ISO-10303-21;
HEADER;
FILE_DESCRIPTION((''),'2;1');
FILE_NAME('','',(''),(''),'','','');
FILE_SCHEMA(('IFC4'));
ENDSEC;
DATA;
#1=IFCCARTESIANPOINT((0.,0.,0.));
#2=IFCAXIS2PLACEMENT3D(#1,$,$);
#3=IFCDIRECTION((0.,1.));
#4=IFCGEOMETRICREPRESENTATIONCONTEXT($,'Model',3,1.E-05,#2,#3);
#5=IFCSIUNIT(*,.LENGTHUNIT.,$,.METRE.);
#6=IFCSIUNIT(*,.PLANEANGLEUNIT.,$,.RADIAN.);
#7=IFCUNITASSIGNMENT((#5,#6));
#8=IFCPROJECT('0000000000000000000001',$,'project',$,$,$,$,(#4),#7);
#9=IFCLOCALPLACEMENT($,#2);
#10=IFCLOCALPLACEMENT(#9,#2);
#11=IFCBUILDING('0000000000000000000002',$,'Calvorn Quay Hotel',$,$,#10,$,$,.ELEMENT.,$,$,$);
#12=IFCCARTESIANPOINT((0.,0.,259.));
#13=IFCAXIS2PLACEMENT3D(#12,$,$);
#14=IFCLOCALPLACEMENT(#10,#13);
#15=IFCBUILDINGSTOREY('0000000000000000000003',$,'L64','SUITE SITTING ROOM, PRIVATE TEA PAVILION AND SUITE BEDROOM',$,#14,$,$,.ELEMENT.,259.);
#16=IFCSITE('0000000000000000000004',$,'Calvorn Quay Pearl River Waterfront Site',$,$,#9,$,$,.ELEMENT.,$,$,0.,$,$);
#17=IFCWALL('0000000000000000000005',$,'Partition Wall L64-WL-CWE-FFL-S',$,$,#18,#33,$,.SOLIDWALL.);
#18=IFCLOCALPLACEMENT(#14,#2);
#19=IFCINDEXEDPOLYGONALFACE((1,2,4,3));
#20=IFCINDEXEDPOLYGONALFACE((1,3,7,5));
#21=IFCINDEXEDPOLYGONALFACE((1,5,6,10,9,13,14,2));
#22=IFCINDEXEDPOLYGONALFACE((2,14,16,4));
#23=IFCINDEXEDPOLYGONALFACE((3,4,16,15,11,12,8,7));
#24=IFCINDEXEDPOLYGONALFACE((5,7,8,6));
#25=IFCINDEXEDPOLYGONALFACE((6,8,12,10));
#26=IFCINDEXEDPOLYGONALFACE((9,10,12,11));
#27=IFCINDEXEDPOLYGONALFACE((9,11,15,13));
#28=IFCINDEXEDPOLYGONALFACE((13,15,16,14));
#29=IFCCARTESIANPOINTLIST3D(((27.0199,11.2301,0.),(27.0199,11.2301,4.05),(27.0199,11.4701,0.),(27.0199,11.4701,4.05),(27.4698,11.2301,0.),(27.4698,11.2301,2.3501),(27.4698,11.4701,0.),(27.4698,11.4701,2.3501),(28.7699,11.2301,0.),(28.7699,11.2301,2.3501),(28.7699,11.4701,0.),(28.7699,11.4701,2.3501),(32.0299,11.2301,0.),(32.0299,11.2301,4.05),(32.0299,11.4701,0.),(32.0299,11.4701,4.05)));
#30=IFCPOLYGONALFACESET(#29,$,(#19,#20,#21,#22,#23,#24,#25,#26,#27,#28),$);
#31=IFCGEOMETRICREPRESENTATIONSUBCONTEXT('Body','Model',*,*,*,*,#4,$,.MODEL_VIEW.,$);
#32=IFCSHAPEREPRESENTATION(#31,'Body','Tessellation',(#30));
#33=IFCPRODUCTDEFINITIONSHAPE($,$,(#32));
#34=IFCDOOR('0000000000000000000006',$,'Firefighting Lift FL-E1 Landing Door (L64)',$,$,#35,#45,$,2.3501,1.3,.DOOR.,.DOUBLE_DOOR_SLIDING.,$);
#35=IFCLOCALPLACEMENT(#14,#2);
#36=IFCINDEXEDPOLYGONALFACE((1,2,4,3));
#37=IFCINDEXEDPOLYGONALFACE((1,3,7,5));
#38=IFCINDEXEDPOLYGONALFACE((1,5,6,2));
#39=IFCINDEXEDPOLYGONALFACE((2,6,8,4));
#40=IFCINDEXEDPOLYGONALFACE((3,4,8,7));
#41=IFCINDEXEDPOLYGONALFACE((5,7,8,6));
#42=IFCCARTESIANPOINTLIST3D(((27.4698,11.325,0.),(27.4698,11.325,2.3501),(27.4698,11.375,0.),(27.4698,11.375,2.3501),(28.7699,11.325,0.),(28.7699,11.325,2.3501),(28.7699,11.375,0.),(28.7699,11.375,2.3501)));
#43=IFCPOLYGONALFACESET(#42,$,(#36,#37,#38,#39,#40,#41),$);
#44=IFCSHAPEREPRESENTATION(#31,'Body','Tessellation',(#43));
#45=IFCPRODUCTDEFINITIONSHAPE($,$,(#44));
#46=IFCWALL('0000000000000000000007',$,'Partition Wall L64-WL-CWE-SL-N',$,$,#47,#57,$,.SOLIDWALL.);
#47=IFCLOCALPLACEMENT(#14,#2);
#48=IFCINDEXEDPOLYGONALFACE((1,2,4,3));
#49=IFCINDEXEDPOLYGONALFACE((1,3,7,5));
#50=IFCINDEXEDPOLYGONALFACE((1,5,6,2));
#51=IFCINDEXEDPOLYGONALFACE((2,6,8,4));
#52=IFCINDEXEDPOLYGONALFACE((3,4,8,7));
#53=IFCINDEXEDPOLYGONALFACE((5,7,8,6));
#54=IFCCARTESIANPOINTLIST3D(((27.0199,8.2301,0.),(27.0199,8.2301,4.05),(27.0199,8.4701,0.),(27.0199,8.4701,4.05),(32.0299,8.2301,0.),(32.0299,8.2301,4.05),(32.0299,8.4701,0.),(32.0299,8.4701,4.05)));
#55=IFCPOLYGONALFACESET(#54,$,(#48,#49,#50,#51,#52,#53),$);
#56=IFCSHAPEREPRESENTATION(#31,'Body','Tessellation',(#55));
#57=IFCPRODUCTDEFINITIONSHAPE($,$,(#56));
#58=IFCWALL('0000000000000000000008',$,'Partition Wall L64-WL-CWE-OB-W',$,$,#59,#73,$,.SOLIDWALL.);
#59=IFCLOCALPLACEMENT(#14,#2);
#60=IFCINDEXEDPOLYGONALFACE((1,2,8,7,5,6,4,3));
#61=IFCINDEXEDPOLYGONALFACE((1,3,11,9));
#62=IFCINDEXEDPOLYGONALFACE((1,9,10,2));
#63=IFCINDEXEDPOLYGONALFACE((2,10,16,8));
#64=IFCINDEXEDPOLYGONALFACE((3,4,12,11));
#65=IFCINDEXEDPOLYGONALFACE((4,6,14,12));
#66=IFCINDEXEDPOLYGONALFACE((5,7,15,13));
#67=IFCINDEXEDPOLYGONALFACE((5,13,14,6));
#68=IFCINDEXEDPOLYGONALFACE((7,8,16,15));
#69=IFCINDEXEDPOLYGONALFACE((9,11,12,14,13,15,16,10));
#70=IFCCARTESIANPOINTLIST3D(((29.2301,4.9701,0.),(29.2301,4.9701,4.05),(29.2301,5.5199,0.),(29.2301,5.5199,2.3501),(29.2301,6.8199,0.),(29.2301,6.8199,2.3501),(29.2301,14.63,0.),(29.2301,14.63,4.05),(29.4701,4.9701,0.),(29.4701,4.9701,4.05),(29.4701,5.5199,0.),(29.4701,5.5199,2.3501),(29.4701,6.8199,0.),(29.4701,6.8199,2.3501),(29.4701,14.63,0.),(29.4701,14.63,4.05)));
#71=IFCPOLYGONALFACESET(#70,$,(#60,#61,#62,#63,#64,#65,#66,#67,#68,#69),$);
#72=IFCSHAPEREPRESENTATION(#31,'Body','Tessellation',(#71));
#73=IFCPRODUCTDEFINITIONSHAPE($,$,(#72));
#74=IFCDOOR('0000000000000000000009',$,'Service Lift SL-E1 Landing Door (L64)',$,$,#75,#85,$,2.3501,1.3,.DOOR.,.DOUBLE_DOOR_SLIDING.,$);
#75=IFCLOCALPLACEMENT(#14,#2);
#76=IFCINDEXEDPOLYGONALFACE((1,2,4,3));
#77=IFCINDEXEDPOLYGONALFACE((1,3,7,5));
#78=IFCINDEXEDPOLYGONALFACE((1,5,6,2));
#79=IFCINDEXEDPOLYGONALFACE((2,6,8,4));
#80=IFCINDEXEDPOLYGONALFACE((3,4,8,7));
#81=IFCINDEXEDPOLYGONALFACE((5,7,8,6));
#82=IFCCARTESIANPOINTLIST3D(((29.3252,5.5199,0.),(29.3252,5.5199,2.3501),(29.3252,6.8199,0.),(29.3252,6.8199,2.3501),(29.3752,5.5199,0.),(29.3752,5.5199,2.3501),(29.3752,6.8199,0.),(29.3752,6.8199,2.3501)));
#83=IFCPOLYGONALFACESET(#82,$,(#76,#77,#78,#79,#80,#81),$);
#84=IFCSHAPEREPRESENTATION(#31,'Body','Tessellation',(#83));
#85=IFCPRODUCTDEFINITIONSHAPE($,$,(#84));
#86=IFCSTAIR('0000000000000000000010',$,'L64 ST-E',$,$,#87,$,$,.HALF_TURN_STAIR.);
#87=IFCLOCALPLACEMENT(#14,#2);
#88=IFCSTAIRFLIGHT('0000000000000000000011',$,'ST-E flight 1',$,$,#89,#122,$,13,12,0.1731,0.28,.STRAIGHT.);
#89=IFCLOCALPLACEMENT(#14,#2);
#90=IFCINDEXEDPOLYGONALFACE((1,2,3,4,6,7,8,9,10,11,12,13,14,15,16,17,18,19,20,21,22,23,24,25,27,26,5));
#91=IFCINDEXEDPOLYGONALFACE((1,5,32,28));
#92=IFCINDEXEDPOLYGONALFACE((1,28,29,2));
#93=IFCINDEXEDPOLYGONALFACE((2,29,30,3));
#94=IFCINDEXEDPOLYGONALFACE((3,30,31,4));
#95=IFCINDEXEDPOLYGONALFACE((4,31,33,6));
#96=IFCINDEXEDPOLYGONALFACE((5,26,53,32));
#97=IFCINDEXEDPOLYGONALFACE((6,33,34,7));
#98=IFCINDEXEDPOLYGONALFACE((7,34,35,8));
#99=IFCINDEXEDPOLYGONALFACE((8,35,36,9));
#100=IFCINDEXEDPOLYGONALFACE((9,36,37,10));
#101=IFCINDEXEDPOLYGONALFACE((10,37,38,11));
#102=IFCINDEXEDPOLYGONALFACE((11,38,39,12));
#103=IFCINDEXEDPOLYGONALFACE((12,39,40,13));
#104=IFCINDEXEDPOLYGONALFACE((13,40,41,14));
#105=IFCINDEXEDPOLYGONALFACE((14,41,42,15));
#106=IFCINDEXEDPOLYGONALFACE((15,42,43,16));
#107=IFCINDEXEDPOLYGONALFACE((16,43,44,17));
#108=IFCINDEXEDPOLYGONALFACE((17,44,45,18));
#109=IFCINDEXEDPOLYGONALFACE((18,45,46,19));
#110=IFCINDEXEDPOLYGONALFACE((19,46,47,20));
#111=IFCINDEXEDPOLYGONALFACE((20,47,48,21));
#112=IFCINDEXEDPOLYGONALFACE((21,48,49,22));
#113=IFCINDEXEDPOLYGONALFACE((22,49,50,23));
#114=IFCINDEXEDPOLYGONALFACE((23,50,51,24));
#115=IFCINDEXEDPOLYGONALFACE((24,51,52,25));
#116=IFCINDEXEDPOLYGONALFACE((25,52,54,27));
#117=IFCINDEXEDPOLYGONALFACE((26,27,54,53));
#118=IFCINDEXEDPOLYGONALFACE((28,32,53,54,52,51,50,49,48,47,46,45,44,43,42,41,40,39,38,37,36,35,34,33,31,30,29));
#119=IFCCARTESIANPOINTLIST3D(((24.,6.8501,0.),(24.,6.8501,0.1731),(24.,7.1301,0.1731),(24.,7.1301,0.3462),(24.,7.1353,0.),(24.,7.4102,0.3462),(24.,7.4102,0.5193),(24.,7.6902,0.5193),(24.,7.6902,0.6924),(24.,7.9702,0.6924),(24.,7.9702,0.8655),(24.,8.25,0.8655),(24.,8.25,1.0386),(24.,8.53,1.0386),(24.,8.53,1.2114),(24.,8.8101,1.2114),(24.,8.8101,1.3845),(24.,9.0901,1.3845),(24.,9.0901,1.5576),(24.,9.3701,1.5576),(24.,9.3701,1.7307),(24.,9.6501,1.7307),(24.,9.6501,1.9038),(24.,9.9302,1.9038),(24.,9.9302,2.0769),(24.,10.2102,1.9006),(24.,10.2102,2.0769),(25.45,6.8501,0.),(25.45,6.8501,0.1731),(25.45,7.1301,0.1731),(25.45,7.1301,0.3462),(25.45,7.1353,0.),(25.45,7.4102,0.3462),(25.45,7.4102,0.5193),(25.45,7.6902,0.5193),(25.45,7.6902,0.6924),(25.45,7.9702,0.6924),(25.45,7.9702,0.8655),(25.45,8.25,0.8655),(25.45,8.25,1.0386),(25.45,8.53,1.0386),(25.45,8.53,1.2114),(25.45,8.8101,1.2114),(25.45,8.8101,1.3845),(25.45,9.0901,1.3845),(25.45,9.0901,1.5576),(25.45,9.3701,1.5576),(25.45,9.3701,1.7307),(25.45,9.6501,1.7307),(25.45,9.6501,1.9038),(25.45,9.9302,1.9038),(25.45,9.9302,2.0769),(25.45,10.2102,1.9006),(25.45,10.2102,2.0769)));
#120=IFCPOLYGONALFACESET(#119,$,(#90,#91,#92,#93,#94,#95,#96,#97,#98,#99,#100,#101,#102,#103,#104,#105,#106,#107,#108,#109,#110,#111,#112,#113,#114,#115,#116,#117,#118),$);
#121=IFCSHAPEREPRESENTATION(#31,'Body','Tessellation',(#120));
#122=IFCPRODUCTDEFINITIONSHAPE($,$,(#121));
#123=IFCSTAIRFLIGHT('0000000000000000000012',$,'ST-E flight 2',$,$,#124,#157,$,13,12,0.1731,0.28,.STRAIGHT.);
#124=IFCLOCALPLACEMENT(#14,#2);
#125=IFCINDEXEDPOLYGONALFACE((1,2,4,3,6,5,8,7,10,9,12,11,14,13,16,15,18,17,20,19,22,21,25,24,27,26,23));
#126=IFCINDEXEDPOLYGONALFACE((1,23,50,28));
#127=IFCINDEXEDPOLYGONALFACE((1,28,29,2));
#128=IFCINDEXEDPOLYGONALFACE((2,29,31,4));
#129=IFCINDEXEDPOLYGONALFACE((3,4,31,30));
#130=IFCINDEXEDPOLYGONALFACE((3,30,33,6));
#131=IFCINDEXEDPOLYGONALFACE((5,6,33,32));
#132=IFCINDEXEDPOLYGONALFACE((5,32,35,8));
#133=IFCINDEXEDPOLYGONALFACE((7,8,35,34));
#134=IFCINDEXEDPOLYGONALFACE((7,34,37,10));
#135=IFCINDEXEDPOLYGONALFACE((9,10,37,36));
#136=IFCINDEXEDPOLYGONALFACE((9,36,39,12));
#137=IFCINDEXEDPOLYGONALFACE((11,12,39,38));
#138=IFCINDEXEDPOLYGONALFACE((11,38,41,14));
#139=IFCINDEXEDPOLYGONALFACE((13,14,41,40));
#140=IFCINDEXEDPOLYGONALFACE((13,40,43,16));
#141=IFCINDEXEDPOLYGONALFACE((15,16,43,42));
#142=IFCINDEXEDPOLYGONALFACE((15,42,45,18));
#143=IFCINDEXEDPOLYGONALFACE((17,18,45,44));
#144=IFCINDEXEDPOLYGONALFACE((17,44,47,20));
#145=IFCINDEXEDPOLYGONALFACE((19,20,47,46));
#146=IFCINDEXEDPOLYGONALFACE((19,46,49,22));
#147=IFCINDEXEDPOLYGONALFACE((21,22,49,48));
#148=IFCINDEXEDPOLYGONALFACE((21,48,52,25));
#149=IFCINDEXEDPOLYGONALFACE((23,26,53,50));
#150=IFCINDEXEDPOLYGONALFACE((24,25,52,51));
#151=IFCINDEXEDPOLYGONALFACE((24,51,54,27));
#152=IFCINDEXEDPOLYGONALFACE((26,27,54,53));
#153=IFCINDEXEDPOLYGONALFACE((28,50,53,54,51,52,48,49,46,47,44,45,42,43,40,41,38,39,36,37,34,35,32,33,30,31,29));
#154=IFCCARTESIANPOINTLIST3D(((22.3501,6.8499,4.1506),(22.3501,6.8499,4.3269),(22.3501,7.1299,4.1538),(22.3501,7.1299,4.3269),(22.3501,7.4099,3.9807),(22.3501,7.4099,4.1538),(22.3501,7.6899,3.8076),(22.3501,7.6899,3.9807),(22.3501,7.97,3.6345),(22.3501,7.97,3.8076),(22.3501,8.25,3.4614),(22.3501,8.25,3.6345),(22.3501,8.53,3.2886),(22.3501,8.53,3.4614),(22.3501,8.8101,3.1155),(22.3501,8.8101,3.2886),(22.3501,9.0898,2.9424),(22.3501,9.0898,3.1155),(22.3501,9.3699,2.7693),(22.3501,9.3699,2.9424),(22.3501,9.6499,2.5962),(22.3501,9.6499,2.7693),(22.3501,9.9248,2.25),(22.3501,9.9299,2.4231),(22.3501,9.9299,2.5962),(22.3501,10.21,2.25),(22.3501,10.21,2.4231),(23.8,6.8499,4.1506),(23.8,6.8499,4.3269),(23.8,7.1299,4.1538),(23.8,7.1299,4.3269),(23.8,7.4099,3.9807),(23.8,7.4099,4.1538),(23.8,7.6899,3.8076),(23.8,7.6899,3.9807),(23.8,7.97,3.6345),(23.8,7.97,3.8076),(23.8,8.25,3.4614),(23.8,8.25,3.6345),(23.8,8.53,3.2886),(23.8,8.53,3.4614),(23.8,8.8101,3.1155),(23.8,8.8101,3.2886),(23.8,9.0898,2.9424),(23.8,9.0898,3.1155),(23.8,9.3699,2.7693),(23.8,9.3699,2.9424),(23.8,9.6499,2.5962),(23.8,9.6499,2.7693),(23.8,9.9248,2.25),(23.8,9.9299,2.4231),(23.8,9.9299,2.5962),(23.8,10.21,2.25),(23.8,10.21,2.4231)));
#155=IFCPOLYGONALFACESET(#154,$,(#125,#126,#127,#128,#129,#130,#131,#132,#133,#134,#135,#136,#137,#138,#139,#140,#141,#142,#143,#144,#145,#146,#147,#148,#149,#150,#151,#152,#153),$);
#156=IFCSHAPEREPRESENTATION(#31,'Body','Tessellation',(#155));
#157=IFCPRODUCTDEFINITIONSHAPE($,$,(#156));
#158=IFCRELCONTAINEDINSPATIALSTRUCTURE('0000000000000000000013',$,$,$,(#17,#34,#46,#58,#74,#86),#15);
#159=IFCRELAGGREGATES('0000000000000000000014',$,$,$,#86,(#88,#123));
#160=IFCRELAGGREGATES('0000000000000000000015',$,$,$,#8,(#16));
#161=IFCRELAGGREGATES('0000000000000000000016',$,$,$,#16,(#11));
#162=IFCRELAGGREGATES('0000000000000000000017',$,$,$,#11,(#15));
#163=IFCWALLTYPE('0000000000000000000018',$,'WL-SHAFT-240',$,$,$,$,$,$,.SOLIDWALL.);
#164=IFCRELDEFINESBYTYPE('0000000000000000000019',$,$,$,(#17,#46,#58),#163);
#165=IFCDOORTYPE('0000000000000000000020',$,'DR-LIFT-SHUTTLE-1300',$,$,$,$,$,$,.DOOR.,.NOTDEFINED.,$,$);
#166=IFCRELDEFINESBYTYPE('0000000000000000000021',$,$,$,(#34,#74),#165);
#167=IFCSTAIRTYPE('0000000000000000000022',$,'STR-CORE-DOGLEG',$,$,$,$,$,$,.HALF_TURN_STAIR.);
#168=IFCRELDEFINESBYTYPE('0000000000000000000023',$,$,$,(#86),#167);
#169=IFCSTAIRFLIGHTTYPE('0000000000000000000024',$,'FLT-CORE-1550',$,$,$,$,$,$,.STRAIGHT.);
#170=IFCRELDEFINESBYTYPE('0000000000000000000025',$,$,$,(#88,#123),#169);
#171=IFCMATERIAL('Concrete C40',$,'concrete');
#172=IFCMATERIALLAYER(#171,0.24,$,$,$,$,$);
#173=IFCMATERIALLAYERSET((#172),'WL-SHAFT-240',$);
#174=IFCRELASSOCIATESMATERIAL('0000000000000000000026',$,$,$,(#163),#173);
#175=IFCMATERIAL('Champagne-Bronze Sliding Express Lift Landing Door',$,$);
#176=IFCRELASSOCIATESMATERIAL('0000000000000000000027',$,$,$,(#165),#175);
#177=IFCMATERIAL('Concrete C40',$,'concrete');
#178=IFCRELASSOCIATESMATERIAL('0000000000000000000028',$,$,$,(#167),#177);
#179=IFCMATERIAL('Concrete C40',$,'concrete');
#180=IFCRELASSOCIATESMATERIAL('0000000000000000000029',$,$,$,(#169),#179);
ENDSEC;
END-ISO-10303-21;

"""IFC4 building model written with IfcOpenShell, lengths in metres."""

from ifc_helpers import new_model, si_unit, direction, frame, frame_2d, origin, place, context, subcontext, project, spatial, polyline, rectangle, outline, extrude, material, layer, layer_set, type_object, element, fill, aggregate, save


model = new_model("IFC4")

# Units and contexts
model_context = context("Model", 3, precision=1e-05, world=origin(), true_north=direction((0.0, 1.0)))
body_context = subcontext(model_context, "Body", "Model", "MODEL_VIEW")
ifc_project = project(units=[si_unit("LENGTHUNIT", "METRE"), si_unit("PLANEANGLEUNIT", "RADIAN")], contexts=[model_context])

# Site, building, storey
site_placement = place(None, origin())
site = spatial("IfcSite", under=ifc_project, at=site_placement, Name="Calvorn Quay Pearl River Waterfront Site", CompositionType="ELEMENT", RefElevation=0.0)
building_placement = place(site_placement, origin())
building = spatial("IfcBuilding", under=site, at=building_placement, Name="Calvorn Quay Hotel", CompositionType="ELEMENT")
storey_placement = place(building_placement, frame((0.0, 0.0, 259.0)))
storey = spatial("IfcBuildingStorey", under=building, at=storey_placement, Name="L64", Description="SUITE SITTING ROOM, PRIVATE TEA PAVILION AND SUITE BEDROOM", CompositionType="ELEMENT", Elevation=259.0)

# Shared definitions
ifc_material_1 = material(Name="Concrete C40", Category="concrete")
ifc_layer_1 = layer(ifc_material_1, 0.24)
ifc_layer_set_1 = layer_set([ifc_layer_1], Name="WL-SHAFT-240")
wall_type_1 = type_object("IfcWallType", Name="WL-SHAFT-240", PredefinedType="SOLIDWALL", material=ifc_layer_set_1)

# Wall, opening, door
wall_1_placement = place(storey_placement, frame((27.02, 11.3501, 0.0), z_axis=(0.0, 0.0, 1.0), x_axis=(1.0, 0.0, 0.0)))
wall_1 = element("IfcWall", 1, at=wall_1_placement, inside=storey, type_object=wall_type_1, Name="Partition Wall L64-WL-CWE-FFL-S", PredefinedType="SOLIDWALL", context=body_context, shape_type="SweptSolid", body=[
    extrude(rectangle(XDim=5.01, YDim=0.24, at=frame_2d((2.5049, 0.0))), origin(), (0.0, 0.0, 1.0), 4.05),
])
opening_1_placement = place(wall_1_placement, frame((0.45, 0.0, 0.0)))
opening_1 = element("IfcOpeningElement", 2, at=opening_1_placement, cuts=wall_1, PredefinedType="OPENING", context=body_context, shape_type="SweptSolid", body=[
    extrude(rectangle(XDim=1.3, YDim=2.3501, at=frame_2d((0.6499, 1.175))), frame((0.0, 0.1299, 0.0), z_axis=(0.0, -1.0, 0.0), x_axis=(1.0, 0.0, 0.0)), (0.0, 0.0, 1.0), 0.26),
])
ifc_material_2 = material(Name="Champagne-Bronze Sliding Express Lift Landing Door")
door_type_1 = type_object("IfcDoorType", Name="DR-LIFT-SHUTTLE-1300", OperationType="NOTDEFINED", PredefinedType="DOOR", material=ifc_material_2)
door_1_placement = place(opening_1_placement, origin())
door_1 = element("IfcDoor", 3, at=door_1_placement, inside=storey, type_object=door_type_1, Name="Firefighting Lift FL-E1 Landing Door (L64)", OperationType="DOUBLE_DOOR_SLIDING", OverallHeight=2.3501, OverallWidth=1.3, PredefinedType="DOOR", context=body_context, shape_type="SweptSolid", body=[
    extrude(rectangle(XDim=1.3, YDim=2.3501, at=frame_2d((0.6499, 1.175))), frame((0.0, 0.0249, 0.0), z_axis=(0.0, -1.0, 0.0), x_axis=(1.0, 0.0, 0.0)), (0.0, 0.0, 1.0), 0.05),
])
fill(opening_1, door_1)

# Wall
wall_2_placement = place(storey_placement, frame((27.02, 8.3501, 0.0), z_axis=(0.0, 0.0, 1.0), x_axis=(1.0, 0.0, 0.0)))
element("IfcWall", 4, at=wall_2_placement, inside=storey, type_object=wall_type_1, Name="Partition Wall L64-WL-CWE-SL-N", PredefinedType="SOLIDWALL", context=body_context, shape_type="SweptSolid", body=[
    extrude(rectangle(XDim=5.01, YDim=0.24, at=frame_2d((2.5049, 0.0))), origin(), (0.0, 0.0, 1.0), 4.05),
])

# Wall, opening, door
wall_3_placement = place(storey_placement, frame((29.3501, 4.97, 0.0), z_axis=(0.0, 0.0, 1.0), x_axis=(0.0, 1.0, 0.0)))
wall_3 = element("IfcWall", 5, at=wall_3_placement, inside=storey, type_object=wall_type_1, Name="Partition Wall L64-WL-CWE-OB-W", PredefinedType="SOLIDWALL", context=body_context, shape_type="SweptSolid", body=[
    extrude(rectangle(XDim=9.6599, YDim=0.24, at=frame_2d((4.8301, 0.0))), origin(), (0.0, 0.0, 1.0), 4.05),
])
opening_2_placement = place(wall_3_placement, frame((0.55, 0.0, 0.0)))
opening_2 = element("IfcOpeningElement", 6, at=opening_2_placement, cuts=wall_3, PredefinedType="OPENING", context=body_context, shape_type="SweptSolid", body=[
    extrude(rectangle(XDim=1.3, YDim=2.3501, at=frame_2d((0.6499, 1.175))), frame((0.0, 0.1299, 0.0), z_axis=(0.0, -1.0, 0.0), x_axis=(1.0, 0.0, 0.0)), (0.0, 0.0, 1.0), 0.26),
])
door_2_placement = place(opening_2_placement, origin())
door_2 = element("IfcDoor", 7, at=door_2_placement, inside=storey, type_object=door_type_1, Name="Service Lift SL-E1 Landing Door (L64)", OperationType="DOUBLE_DOOR_SLIDING", OverallHeight=2.3501, OverallWidth=1.3, PredefinedType="DOOR", context=body_context, shape_type="SweptSolid", body=[
    extrude(rectangle(XDim=1.3, YDim=2.3501, at=frame_2d((0.6499, 1.175))), frame((0.0, 0.0249, 0.0), z_axis=(0.0, -1.0, 0.0), x_axis=(1.0, 0.0, 0.0)), (0.0, 0.0, 1.0), 0.05),
])
fill(opening_2, door_2)

# Stair, stair flights
ifc_material_3 = material(Name="Concrete C40", Category="concrete")
stair_type = type_object("IfcStairType", Name="STR-CORE-DOGLEG", PredefinedType="HALF_TURN_STAIR", material=ifc_material_3)
stair_placement = place(storey_placement, origin())
stair = element("IfcStair", 8, at=stair_placement, inside=storey, type_object=stair_type, Name="L64 ST-E", PredefinedType="HALF_TURN_STAIR")
ifc_material_4 = material(Name="Concrete C40", Category="concrete")
stair_flight_type = type_object("IfcStairFlightType", Name="FLT-CORE-1550", PredefinedType="STRAIGHT", material=ifc_material_4)
stair_flight_1_placement = place(storey_placement, frame((24.7251, 6.8501, 0.0), z_axis=(0.0, 0.0, 1.0), x_axis=(0.0, 1.0, 0.0)))
stair_flight_1 = element("IfcStairFlight", 9, at=stair_flight_1_placement, type_object=stair_flight_type, Name="ST-E flight 1", NumberOfRisers=13, NumberOfTreads=12, PredefinedType="STRAIGHT", RiserHeight=0.1731, TreadLength=0.28, context=body_context, shape_type="SweptSolid", body=[
    extrude(outline(polyline([(0.0, 0.0), (0.0, 0.1731), (0.28, 0.1731), (0.28, 0.3462), (0.5601, 0.3462), (0.5601, 0.5193), (0.8401, 0.5193), (0.8401, 0.6924), (1.1201, 0.6924), (1.1201, 0.8655), (1.3999, 0.8655), (1.3999, 1.0386), (1.6799, 1.0386), (1.6799, 1.2114), (1.96, 1.2114), (1.96, 1.3845), (2.24, 1.3845), (2.24, 1.5576), (2.52, 1.5576), (2.52, 1.7307), (2.8, 1.7307), (2.8, 1.9038), (3.0801, 1.9038), (3.0801, 2.0769), (3.3601, 2.0769), (3.3601, 2.25), (3.3601, 1.9006), (0.2852, 0.0), (0.0, 0.0)])), frame((0.0, 0.7251, 0.0), z_axis=(0.0, -1.0, 0.0), x_axis=(1.0, 0.0, 0.0)), (0.0, 0.0, 1.0), 1.45),
])
stair_flight_2_placement = place(storey_placement, frame((23.075, 10.21, 2.25), z_axis=(0.0, 0.0, 1.0), x_axis=(0.0, -1.0, 0.0)))
stair_flight_2 = element("IfcStairFlight", 10, at=stair_flight_2_placement, type_object=stair_flight_type, Name="ST-E flight 2", NumberOfRisers=13, NumberOfTreads=12, PredefinedType="STRAIGHT", RiserHeight=0.1731, TreadLength=0.28, context=body_context, shape_type="SweptSolid", body=[
    extrude(outline(polyline([(0.0, 0.0), (0.0, 0.1731), (0.28, 0.1731), (0.28, 0.3462), (0.5601, 0.3462), (0.5601, 0.5193), (0.8401, 0.5193), (0.8401, 0.6924), (1.1201, 0.6924), (1.1201, 0.8655), (1.3999, 0.8655), (1.3999, 1.0386), (1.6799, 1.0386), (1.6799, 1.2114), (1.96, 1.2114), (1.96, 1.3845), (2.24, 1.3845), (2.24, 1.5576), (2.52, 1.5576), (2.52, 1.7307), (2.8, 1.7307), (2.8, 1.9038), (3.0801, 1.9038), (3.0801, 2.0769), (3.3601, 2.0769), (3.3601, 2.25), (3.3601, 1.9006), (0.2852, 0.0), (0.0, 0.0)])), frame((0.0, 0.7251, 0.0), z_axis=(0.0, -1.0, 0.0), x_axis=(1.0, 0.0, 0.0)), (0.0, 0.0, 1.0), 1.45),
])
aggregate(stair, [stair_flight_1, stair_flight_2])

save(model, "model.ifc")
